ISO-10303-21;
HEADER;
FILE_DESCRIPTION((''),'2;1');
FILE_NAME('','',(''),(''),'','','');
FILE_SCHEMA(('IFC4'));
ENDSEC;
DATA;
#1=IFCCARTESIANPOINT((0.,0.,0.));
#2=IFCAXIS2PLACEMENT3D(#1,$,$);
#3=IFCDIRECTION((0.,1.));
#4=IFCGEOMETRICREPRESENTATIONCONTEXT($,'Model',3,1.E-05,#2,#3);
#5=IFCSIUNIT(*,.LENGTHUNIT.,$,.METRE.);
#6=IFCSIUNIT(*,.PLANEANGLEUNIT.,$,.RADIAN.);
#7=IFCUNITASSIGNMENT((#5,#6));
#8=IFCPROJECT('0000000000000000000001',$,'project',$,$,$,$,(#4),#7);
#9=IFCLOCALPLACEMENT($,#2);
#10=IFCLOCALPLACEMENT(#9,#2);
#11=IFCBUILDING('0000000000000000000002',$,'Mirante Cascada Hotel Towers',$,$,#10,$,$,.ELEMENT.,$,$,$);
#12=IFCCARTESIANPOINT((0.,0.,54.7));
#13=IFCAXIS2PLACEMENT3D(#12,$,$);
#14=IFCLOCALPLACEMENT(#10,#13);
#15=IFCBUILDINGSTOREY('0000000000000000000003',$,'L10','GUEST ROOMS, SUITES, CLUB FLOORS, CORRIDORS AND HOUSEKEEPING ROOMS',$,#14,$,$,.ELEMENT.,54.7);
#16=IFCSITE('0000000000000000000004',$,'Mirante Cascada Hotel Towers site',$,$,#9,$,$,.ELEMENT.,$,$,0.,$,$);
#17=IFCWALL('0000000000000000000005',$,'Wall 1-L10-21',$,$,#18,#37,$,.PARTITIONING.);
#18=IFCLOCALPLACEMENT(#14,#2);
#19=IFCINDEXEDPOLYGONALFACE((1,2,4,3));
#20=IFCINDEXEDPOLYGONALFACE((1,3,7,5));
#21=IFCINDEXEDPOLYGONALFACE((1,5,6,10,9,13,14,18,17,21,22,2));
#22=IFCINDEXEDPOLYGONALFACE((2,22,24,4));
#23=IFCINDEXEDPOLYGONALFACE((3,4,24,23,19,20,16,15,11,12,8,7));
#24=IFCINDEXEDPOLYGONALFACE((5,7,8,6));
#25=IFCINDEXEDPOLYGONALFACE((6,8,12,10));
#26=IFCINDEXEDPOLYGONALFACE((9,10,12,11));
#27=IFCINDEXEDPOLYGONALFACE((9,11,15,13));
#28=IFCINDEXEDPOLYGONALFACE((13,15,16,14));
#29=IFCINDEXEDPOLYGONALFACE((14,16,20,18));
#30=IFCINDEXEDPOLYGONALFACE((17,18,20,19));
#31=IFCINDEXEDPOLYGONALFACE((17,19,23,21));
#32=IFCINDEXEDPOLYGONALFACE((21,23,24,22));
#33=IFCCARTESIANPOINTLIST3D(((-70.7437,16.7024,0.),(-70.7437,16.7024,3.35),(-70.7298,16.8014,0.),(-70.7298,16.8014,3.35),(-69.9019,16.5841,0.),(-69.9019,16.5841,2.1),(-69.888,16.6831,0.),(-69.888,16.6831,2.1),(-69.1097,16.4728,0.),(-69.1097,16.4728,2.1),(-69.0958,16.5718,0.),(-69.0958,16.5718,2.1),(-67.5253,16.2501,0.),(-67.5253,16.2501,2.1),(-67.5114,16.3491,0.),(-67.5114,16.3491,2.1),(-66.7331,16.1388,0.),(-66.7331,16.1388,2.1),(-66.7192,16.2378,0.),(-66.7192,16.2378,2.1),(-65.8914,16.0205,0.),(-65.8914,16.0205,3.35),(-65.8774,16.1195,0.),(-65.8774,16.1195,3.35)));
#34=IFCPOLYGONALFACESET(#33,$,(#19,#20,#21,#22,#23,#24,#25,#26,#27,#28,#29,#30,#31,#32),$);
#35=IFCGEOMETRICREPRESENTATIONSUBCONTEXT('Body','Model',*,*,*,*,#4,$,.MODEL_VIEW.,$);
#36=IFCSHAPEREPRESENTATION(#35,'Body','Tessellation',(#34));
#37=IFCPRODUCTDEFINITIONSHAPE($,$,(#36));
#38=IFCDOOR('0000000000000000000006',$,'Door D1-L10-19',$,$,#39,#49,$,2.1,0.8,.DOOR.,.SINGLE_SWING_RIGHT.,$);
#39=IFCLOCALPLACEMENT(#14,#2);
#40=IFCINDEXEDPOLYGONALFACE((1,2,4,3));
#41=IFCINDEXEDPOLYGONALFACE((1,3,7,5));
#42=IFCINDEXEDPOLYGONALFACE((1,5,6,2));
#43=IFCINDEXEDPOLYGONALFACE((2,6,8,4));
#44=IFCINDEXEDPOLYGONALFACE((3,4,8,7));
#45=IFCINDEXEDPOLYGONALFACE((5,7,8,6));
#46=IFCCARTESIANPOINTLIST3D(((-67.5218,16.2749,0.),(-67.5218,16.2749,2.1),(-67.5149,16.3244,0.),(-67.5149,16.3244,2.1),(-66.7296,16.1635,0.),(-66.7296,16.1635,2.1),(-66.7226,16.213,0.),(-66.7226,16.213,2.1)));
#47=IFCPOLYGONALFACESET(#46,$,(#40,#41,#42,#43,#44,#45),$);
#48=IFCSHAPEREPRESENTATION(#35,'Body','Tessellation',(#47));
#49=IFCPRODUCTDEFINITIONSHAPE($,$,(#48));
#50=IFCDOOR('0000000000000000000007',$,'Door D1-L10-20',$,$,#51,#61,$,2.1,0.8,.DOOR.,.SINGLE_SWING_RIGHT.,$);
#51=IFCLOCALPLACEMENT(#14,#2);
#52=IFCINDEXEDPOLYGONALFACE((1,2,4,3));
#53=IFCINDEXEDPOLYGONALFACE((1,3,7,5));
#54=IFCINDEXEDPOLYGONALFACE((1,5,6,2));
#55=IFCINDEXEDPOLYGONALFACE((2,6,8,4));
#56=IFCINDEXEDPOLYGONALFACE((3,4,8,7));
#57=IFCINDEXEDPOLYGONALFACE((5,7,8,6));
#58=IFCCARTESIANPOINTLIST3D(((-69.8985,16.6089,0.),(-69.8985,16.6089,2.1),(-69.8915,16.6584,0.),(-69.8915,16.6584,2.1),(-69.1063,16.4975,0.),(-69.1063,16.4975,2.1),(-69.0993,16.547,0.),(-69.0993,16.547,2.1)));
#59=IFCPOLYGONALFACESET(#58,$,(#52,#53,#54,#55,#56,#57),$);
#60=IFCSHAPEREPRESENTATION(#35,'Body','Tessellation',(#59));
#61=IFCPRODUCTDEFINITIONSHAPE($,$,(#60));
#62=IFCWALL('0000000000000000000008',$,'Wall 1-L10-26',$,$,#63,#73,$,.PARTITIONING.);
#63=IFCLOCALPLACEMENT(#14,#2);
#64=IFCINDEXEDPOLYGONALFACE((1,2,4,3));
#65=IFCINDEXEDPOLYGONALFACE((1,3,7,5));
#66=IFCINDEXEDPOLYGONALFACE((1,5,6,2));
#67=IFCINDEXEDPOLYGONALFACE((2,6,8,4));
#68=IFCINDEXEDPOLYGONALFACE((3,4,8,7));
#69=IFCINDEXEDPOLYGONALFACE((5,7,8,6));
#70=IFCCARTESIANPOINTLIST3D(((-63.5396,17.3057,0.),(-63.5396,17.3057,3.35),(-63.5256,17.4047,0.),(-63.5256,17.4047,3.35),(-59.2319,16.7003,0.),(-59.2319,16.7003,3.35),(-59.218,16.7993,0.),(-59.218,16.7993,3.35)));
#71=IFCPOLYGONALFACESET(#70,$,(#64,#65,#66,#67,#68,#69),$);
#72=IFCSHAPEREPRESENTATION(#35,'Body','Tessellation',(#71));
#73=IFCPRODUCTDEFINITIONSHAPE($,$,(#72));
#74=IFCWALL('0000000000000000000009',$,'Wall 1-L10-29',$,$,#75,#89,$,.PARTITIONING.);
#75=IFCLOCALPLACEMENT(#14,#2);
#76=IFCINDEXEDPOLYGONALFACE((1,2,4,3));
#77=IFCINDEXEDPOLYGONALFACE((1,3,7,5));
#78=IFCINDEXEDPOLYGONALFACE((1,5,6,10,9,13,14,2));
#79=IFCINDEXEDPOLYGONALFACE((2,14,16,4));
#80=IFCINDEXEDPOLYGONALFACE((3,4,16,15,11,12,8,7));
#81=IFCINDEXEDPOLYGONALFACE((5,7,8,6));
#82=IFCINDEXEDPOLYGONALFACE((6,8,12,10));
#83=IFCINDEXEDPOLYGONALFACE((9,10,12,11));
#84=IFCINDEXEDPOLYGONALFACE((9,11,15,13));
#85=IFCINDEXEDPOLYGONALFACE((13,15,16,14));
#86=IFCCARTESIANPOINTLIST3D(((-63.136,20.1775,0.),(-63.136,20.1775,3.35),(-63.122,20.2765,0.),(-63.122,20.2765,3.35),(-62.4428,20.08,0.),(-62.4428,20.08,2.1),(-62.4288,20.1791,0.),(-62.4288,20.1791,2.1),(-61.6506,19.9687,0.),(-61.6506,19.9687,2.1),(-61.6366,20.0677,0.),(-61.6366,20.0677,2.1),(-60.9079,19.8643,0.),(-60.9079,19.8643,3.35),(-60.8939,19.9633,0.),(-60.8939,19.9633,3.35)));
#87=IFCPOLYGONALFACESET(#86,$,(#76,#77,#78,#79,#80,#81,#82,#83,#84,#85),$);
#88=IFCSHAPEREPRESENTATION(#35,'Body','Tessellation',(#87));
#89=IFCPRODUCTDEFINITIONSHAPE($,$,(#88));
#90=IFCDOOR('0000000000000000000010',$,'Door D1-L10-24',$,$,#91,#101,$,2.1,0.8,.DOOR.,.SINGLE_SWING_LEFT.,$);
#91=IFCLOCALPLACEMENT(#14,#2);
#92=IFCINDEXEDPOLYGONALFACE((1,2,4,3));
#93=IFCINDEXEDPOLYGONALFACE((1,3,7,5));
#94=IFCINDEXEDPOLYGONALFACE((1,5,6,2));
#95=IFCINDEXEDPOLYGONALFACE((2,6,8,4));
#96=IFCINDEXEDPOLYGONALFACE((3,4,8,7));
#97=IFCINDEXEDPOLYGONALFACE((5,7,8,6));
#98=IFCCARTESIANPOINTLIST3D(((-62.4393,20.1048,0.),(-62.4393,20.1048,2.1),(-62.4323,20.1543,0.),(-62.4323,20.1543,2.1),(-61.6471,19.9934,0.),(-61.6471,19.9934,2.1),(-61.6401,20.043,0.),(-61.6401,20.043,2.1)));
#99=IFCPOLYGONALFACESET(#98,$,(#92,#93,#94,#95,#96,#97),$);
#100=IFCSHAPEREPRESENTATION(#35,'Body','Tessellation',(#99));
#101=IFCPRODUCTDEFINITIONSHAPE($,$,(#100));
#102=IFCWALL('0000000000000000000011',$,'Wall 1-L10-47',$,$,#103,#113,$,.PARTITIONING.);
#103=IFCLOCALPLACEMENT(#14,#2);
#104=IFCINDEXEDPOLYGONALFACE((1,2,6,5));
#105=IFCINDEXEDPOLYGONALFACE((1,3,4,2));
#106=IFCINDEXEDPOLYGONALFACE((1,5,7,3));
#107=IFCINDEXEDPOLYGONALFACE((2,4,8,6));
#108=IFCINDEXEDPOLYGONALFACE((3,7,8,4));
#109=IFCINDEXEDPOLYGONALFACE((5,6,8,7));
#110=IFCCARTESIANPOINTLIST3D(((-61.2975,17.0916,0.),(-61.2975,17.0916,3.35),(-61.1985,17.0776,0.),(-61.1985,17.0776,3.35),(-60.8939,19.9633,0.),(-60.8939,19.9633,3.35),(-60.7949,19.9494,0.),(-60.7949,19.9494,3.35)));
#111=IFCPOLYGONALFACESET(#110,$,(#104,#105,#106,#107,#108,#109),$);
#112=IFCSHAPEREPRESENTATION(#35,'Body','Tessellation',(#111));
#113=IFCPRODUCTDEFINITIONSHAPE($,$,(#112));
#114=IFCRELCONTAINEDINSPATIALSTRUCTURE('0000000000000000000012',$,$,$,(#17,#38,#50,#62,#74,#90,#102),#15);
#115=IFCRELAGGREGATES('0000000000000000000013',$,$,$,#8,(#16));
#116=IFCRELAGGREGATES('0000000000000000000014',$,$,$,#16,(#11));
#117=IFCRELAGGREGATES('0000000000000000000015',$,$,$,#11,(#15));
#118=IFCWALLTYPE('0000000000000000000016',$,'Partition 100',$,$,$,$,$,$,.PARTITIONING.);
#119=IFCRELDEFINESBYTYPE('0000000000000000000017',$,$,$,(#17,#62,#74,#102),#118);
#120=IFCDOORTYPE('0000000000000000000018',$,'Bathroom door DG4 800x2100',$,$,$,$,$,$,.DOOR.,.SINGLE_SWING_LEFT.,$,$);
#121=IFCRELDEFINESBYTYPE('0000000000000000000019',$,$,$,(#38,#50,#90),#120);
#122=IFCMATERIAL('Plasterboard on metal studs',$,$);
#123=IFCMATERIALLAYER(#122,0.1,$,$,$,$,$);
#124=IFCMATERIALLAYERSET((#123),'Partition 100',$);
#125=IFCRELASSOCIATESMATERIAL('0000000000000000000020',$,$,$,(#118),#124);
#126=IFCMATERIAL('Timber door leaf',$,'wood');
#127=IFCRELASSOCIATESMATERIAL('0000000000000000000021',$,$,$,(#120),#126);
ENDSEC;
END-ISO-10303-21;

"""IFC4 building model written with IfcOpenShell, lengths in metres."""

from ifc_helpers import new_model, si_unit, direction, frame, frame_2d, origin, place, context, subcontext, project, spatial, rectangle, extrude, material, layer, layer_set, type_object, element, fill, save


model = new_model("IFC4")

# Units and contexts
model_context = context("Model", 3, precision=1e-05, world=origin(), true_north=direction((0.0, 1.0)))
body_context = subcontext(model_context, "Body", "Model", "MODEL_VIEW")
ifc_project = project(units=[si_unit("LENGTHUNIT", "METRE"), si_unit("PLANEANGLEUNIT", "RADIAN")], contexts=[model_context])

# Site, building, storey
site_placement = place(None, origin())
site = spatial("IfcSite", under=ifc_project, at=site_placement, Name="Mirante Cascada Hotel Towers site", CompositionType="ELEMENT", RefElevation=0.0)
building_placement = place(site_placement, origin())
building = spatial("IfcBuilding", under=site, at=building_placement, Name="Mirante Cascada Hotel Towers", CompositionType="ELEMENT")
storey_placement = place(building_placement, frame((0.0, 0.0, 54.7)))
storey = spatial("IfcBuildingStorey", under=building, at=storey_placement, Name="L10", Description="GUEST ROOMS, SUITES, CLUB FLOORS, CORRIDORS AND HOUSEKEEPING ROOMS", CompositionType="ELEMENT", Elevation=54.7)

# Shared definitions
ifc_material_1 = material(Name="Plasterboard on metal studs")
ifc_layer_1 = layer(ifc_material_1, 0.1)
ifc_layer_set_1 = layer_set([ifc_layer_1], Name="Partition 100")
wall_type_1 = type_object("IfcWallType", Name="Partition 100", PredefinedType="PARTITIONING", material=ifc_layer_set_1)
ifc_material_2 = material(Name="Timber door leaf", Category="wood")
door_type = type_object("IfcDoorType", Name="Bathroom door DG4 800x2100", OperationType="SINGLE_SWING_LEFT", PredefinedType="DOOR", material=ifc_material_2)

# Wall, openings, doors
wall_1_placement = place(storey_placement, frame((-65.8844, 16.07, 0.0), z_axis=(0.0, 0.0, 1.0), x_axis=(-0.990269, 0.139164, 0.0)))
wall_1 = element("IfcWall", 1, at=wall_1_placement, inside=storey, type_object=wall_type_1, Name="Wall 1-L10-21", PredefinedType="PARTITIONING", context=body_context, shape_type="SweptSolid", body=[
    extrude(rectangle(XDim=4.9, YDim=0.1, at=frame_2d((2.45, 0.0))), origin(), (0.0, 0.0, 1.0), 3.35),
])
opening_1_placement = place(wall_1_placement, frame((0.85, 0.0, 0.0)))
opening_1 = element("IfcOpeningElement", 2, at=opening_1_placement, cuts=wall_1, PredefinedType="OPENING", context=body_context, shape_type="SweptSolid", body=[
    extrude(rectangle(XDim=0.8, YDim=2.1, at=frame_2d((0.4, 1.05))), frame((0.0, 0.05, 0.0), z_axis=(0.0, -1.0, 0.0), x_axis=(1.0, 0.0, 0.0)), (0.0, 0.0, 1.0), 0.1),
])
opening_2_placement = place(wall_1_placement, frame((3.25, 0.0, 0.0)))
opening_2 = element("IfcOpeningElement", 3, at=opening_2_placement, cuts=wall_1, PredefinedType="OPENING", context=body_context, shape_type="SweptSolid", body=[
    extrude(rectangle(XDim=0.8, YDim=2.1, at=frame_2d((0.4, 1.05))), frame((0.0, 0.05, 0.0), z_axis=(0.0, -1.0, 0.0), x_axis=(1.0, 0.0, 0.0)), (0.0, 0.0, 1.0), 0.1),
])
door_1_placement = place(opening_1_placement, frame((0.8, 0.0, 0.0), z_axis=(0.0, 0.0, 1.0), x_axis=(-1.0, 0.0, 0.0)))
door_1 = element("IfcDoor", 4, at=door_1_placement, inside=storey, type_object=door_type, Name="Door D1-L10-19", OperationType="SINGLE_SWING_RIGHT", OverallHeight=2.1, OverallWidth=0.8, PredefinedType="DOOR", context=body_context, shape_type="SweptSolid", body=[
    extrude(rectangle(XDim=0.8, YDim=2.1, at=frame_2d((0.4, 1.05))), frame((0.0, 0.025, 0.0), z_axis=(0.0, -1.0, 0.0), x_axis=(1.0, 0.0, 0.0)), (0.0, 0.0, 1.0), 0.05),
])
fill(opening_1, door_1)
door_2_placement = place(opening_2_placement, frame((0.8, 0.0, 0.0), z_axis=(0.0, 0.0, 1.0), x_axis=(-1.0, 0.0, 0.0)))
door_2 = element("IfcDoor", 5, at=door_2_placement, inside=storey, type_object=door_type, Name="Door D1-L10-20", OperationType="SINGLE_SWING_RIGHT", OverallHeight=2.1, OverallWidth=0.8, PredefinedType="DOOR", context=body_context, shape_type="SweptSolid", body=[
    extrude(rectangle(XDim=0.8, YDim=2.1, at=frame_2d((0.4, 1.05))), frame((0.0, 0.025, 0.0), z_axis=(0.0, -1.0, 0.0), x_axis=(1.0, 0.0, 0.0)), (0.0, 0.0, 1.0), 0.05),
])
fill(opening_2, door_2)

# Wall
wall_2_placement = place(storey_placement, frame((-63.5326, 17.3552, 0.0), z_axis=(0.0, 0.0, 1.0), x_axis=(0.990268, -0.139171, 0.0)))
element("IfcWall", 6, at=wall_2_placement, inside=storey, type_object=wall_type_1, Name="Wall 1-L10-26", PredefinedType="PARTITIONING", context=body_context, shape_type="SweptSolid", body=[
    extrude(rectangle(XDim=4.35, YDim=0.1, at=frame_2d((2.175, 0.0))), origin(), (0.0, 0.0, 1.0), 3.35),
])

# Wall, opening, door
wall_3_placement = place(storey_placement, frame((-60.9009, 19.9138, 0.0), z_axis=(0.0, 0.0, 1.0), x_axis=(-0.990264, 0.1392, 0.0)))
wall_3 = element("IfcWall", 7, at=wall_3_placement, inside=storey, type_object=wall_type_1, Name="Wall 1-L10-29", PredefinedType="PARTITIONING", context=body_context, shape_type="SweptSolid", body=[
    extrude(rectangle(XDim=2.25, YDim=0.1, at=frame_2d((1.125, 0.0))), origin(), (0.0, 0.0, 1.0), 3.35),
])
opening_3_placement = place(wall_3_placement, frame((0.75, 0.0, 0.0)))
opening_3 = element("IfcOpeningElement", 8, at=opening_3_placement, cuts=wall_3, PredefinedType="OPENING", context=body_context, shape_type="SweptSolid", body=[
    extrude(rectangle(XDim=0.8, YDim=2.1, at=frame_2d((0.4, 1.05))), frame((0.0, 0.05, 0.0), z_axis=(0.0, -1.0, 0.0), x_axis=(1.0, 0.0, 0.0)), (0.0, 0.0, 1.0), 0.1),
])
door_3_placement = place(opening_3_placement, origin())
door_3 = element("IfcDoor", 9, at=door_3_placement, inside=storey, type_object=door_type, Name="Door D1-L10-24", OperationType="SINGLE_SWING_LEFT", OverallHeight=2.1, OverallWidth=0.8, PredefinedType="DOOR", context=body_context, shape_type="SweptSolid", body=[
    extrude(rectangle(XDim=0.8, YDim=2.1, at=frame_2d((0.4, 1.05))), frame((0.0, 0.025, 0.0), z_axis=(0.0, -1.0, 0.0), x_axis=(1.0, 0.0, 0.0)), (0.0, 0.0, 1.0), 0.05),
])
fill(opening_3, door_3)

# Wall
wall_4_placement = place(storey_placement, frame((-61.248, 17.0846, 0.0), z_axis=(0.0, 0.0, 1.0), x_axis=(0.139171, 0.990268, 0.0)))
element("IfcWall", 10, at=wall_4_placement, inside=storey, type_object=wall_type_1, Name="Wall 1-L10-47", PredefinedType="PARTITIONING", context=body_context, shape_type="SweptSolid", body=[
    extrude(rectangle(XDim=2.9, YDim=0.1, at=frame_2d((1.45, 0.0))), origin(), (0.0, 0.0, 1.0), 3.35),
])

save(model, "model.ifc")
